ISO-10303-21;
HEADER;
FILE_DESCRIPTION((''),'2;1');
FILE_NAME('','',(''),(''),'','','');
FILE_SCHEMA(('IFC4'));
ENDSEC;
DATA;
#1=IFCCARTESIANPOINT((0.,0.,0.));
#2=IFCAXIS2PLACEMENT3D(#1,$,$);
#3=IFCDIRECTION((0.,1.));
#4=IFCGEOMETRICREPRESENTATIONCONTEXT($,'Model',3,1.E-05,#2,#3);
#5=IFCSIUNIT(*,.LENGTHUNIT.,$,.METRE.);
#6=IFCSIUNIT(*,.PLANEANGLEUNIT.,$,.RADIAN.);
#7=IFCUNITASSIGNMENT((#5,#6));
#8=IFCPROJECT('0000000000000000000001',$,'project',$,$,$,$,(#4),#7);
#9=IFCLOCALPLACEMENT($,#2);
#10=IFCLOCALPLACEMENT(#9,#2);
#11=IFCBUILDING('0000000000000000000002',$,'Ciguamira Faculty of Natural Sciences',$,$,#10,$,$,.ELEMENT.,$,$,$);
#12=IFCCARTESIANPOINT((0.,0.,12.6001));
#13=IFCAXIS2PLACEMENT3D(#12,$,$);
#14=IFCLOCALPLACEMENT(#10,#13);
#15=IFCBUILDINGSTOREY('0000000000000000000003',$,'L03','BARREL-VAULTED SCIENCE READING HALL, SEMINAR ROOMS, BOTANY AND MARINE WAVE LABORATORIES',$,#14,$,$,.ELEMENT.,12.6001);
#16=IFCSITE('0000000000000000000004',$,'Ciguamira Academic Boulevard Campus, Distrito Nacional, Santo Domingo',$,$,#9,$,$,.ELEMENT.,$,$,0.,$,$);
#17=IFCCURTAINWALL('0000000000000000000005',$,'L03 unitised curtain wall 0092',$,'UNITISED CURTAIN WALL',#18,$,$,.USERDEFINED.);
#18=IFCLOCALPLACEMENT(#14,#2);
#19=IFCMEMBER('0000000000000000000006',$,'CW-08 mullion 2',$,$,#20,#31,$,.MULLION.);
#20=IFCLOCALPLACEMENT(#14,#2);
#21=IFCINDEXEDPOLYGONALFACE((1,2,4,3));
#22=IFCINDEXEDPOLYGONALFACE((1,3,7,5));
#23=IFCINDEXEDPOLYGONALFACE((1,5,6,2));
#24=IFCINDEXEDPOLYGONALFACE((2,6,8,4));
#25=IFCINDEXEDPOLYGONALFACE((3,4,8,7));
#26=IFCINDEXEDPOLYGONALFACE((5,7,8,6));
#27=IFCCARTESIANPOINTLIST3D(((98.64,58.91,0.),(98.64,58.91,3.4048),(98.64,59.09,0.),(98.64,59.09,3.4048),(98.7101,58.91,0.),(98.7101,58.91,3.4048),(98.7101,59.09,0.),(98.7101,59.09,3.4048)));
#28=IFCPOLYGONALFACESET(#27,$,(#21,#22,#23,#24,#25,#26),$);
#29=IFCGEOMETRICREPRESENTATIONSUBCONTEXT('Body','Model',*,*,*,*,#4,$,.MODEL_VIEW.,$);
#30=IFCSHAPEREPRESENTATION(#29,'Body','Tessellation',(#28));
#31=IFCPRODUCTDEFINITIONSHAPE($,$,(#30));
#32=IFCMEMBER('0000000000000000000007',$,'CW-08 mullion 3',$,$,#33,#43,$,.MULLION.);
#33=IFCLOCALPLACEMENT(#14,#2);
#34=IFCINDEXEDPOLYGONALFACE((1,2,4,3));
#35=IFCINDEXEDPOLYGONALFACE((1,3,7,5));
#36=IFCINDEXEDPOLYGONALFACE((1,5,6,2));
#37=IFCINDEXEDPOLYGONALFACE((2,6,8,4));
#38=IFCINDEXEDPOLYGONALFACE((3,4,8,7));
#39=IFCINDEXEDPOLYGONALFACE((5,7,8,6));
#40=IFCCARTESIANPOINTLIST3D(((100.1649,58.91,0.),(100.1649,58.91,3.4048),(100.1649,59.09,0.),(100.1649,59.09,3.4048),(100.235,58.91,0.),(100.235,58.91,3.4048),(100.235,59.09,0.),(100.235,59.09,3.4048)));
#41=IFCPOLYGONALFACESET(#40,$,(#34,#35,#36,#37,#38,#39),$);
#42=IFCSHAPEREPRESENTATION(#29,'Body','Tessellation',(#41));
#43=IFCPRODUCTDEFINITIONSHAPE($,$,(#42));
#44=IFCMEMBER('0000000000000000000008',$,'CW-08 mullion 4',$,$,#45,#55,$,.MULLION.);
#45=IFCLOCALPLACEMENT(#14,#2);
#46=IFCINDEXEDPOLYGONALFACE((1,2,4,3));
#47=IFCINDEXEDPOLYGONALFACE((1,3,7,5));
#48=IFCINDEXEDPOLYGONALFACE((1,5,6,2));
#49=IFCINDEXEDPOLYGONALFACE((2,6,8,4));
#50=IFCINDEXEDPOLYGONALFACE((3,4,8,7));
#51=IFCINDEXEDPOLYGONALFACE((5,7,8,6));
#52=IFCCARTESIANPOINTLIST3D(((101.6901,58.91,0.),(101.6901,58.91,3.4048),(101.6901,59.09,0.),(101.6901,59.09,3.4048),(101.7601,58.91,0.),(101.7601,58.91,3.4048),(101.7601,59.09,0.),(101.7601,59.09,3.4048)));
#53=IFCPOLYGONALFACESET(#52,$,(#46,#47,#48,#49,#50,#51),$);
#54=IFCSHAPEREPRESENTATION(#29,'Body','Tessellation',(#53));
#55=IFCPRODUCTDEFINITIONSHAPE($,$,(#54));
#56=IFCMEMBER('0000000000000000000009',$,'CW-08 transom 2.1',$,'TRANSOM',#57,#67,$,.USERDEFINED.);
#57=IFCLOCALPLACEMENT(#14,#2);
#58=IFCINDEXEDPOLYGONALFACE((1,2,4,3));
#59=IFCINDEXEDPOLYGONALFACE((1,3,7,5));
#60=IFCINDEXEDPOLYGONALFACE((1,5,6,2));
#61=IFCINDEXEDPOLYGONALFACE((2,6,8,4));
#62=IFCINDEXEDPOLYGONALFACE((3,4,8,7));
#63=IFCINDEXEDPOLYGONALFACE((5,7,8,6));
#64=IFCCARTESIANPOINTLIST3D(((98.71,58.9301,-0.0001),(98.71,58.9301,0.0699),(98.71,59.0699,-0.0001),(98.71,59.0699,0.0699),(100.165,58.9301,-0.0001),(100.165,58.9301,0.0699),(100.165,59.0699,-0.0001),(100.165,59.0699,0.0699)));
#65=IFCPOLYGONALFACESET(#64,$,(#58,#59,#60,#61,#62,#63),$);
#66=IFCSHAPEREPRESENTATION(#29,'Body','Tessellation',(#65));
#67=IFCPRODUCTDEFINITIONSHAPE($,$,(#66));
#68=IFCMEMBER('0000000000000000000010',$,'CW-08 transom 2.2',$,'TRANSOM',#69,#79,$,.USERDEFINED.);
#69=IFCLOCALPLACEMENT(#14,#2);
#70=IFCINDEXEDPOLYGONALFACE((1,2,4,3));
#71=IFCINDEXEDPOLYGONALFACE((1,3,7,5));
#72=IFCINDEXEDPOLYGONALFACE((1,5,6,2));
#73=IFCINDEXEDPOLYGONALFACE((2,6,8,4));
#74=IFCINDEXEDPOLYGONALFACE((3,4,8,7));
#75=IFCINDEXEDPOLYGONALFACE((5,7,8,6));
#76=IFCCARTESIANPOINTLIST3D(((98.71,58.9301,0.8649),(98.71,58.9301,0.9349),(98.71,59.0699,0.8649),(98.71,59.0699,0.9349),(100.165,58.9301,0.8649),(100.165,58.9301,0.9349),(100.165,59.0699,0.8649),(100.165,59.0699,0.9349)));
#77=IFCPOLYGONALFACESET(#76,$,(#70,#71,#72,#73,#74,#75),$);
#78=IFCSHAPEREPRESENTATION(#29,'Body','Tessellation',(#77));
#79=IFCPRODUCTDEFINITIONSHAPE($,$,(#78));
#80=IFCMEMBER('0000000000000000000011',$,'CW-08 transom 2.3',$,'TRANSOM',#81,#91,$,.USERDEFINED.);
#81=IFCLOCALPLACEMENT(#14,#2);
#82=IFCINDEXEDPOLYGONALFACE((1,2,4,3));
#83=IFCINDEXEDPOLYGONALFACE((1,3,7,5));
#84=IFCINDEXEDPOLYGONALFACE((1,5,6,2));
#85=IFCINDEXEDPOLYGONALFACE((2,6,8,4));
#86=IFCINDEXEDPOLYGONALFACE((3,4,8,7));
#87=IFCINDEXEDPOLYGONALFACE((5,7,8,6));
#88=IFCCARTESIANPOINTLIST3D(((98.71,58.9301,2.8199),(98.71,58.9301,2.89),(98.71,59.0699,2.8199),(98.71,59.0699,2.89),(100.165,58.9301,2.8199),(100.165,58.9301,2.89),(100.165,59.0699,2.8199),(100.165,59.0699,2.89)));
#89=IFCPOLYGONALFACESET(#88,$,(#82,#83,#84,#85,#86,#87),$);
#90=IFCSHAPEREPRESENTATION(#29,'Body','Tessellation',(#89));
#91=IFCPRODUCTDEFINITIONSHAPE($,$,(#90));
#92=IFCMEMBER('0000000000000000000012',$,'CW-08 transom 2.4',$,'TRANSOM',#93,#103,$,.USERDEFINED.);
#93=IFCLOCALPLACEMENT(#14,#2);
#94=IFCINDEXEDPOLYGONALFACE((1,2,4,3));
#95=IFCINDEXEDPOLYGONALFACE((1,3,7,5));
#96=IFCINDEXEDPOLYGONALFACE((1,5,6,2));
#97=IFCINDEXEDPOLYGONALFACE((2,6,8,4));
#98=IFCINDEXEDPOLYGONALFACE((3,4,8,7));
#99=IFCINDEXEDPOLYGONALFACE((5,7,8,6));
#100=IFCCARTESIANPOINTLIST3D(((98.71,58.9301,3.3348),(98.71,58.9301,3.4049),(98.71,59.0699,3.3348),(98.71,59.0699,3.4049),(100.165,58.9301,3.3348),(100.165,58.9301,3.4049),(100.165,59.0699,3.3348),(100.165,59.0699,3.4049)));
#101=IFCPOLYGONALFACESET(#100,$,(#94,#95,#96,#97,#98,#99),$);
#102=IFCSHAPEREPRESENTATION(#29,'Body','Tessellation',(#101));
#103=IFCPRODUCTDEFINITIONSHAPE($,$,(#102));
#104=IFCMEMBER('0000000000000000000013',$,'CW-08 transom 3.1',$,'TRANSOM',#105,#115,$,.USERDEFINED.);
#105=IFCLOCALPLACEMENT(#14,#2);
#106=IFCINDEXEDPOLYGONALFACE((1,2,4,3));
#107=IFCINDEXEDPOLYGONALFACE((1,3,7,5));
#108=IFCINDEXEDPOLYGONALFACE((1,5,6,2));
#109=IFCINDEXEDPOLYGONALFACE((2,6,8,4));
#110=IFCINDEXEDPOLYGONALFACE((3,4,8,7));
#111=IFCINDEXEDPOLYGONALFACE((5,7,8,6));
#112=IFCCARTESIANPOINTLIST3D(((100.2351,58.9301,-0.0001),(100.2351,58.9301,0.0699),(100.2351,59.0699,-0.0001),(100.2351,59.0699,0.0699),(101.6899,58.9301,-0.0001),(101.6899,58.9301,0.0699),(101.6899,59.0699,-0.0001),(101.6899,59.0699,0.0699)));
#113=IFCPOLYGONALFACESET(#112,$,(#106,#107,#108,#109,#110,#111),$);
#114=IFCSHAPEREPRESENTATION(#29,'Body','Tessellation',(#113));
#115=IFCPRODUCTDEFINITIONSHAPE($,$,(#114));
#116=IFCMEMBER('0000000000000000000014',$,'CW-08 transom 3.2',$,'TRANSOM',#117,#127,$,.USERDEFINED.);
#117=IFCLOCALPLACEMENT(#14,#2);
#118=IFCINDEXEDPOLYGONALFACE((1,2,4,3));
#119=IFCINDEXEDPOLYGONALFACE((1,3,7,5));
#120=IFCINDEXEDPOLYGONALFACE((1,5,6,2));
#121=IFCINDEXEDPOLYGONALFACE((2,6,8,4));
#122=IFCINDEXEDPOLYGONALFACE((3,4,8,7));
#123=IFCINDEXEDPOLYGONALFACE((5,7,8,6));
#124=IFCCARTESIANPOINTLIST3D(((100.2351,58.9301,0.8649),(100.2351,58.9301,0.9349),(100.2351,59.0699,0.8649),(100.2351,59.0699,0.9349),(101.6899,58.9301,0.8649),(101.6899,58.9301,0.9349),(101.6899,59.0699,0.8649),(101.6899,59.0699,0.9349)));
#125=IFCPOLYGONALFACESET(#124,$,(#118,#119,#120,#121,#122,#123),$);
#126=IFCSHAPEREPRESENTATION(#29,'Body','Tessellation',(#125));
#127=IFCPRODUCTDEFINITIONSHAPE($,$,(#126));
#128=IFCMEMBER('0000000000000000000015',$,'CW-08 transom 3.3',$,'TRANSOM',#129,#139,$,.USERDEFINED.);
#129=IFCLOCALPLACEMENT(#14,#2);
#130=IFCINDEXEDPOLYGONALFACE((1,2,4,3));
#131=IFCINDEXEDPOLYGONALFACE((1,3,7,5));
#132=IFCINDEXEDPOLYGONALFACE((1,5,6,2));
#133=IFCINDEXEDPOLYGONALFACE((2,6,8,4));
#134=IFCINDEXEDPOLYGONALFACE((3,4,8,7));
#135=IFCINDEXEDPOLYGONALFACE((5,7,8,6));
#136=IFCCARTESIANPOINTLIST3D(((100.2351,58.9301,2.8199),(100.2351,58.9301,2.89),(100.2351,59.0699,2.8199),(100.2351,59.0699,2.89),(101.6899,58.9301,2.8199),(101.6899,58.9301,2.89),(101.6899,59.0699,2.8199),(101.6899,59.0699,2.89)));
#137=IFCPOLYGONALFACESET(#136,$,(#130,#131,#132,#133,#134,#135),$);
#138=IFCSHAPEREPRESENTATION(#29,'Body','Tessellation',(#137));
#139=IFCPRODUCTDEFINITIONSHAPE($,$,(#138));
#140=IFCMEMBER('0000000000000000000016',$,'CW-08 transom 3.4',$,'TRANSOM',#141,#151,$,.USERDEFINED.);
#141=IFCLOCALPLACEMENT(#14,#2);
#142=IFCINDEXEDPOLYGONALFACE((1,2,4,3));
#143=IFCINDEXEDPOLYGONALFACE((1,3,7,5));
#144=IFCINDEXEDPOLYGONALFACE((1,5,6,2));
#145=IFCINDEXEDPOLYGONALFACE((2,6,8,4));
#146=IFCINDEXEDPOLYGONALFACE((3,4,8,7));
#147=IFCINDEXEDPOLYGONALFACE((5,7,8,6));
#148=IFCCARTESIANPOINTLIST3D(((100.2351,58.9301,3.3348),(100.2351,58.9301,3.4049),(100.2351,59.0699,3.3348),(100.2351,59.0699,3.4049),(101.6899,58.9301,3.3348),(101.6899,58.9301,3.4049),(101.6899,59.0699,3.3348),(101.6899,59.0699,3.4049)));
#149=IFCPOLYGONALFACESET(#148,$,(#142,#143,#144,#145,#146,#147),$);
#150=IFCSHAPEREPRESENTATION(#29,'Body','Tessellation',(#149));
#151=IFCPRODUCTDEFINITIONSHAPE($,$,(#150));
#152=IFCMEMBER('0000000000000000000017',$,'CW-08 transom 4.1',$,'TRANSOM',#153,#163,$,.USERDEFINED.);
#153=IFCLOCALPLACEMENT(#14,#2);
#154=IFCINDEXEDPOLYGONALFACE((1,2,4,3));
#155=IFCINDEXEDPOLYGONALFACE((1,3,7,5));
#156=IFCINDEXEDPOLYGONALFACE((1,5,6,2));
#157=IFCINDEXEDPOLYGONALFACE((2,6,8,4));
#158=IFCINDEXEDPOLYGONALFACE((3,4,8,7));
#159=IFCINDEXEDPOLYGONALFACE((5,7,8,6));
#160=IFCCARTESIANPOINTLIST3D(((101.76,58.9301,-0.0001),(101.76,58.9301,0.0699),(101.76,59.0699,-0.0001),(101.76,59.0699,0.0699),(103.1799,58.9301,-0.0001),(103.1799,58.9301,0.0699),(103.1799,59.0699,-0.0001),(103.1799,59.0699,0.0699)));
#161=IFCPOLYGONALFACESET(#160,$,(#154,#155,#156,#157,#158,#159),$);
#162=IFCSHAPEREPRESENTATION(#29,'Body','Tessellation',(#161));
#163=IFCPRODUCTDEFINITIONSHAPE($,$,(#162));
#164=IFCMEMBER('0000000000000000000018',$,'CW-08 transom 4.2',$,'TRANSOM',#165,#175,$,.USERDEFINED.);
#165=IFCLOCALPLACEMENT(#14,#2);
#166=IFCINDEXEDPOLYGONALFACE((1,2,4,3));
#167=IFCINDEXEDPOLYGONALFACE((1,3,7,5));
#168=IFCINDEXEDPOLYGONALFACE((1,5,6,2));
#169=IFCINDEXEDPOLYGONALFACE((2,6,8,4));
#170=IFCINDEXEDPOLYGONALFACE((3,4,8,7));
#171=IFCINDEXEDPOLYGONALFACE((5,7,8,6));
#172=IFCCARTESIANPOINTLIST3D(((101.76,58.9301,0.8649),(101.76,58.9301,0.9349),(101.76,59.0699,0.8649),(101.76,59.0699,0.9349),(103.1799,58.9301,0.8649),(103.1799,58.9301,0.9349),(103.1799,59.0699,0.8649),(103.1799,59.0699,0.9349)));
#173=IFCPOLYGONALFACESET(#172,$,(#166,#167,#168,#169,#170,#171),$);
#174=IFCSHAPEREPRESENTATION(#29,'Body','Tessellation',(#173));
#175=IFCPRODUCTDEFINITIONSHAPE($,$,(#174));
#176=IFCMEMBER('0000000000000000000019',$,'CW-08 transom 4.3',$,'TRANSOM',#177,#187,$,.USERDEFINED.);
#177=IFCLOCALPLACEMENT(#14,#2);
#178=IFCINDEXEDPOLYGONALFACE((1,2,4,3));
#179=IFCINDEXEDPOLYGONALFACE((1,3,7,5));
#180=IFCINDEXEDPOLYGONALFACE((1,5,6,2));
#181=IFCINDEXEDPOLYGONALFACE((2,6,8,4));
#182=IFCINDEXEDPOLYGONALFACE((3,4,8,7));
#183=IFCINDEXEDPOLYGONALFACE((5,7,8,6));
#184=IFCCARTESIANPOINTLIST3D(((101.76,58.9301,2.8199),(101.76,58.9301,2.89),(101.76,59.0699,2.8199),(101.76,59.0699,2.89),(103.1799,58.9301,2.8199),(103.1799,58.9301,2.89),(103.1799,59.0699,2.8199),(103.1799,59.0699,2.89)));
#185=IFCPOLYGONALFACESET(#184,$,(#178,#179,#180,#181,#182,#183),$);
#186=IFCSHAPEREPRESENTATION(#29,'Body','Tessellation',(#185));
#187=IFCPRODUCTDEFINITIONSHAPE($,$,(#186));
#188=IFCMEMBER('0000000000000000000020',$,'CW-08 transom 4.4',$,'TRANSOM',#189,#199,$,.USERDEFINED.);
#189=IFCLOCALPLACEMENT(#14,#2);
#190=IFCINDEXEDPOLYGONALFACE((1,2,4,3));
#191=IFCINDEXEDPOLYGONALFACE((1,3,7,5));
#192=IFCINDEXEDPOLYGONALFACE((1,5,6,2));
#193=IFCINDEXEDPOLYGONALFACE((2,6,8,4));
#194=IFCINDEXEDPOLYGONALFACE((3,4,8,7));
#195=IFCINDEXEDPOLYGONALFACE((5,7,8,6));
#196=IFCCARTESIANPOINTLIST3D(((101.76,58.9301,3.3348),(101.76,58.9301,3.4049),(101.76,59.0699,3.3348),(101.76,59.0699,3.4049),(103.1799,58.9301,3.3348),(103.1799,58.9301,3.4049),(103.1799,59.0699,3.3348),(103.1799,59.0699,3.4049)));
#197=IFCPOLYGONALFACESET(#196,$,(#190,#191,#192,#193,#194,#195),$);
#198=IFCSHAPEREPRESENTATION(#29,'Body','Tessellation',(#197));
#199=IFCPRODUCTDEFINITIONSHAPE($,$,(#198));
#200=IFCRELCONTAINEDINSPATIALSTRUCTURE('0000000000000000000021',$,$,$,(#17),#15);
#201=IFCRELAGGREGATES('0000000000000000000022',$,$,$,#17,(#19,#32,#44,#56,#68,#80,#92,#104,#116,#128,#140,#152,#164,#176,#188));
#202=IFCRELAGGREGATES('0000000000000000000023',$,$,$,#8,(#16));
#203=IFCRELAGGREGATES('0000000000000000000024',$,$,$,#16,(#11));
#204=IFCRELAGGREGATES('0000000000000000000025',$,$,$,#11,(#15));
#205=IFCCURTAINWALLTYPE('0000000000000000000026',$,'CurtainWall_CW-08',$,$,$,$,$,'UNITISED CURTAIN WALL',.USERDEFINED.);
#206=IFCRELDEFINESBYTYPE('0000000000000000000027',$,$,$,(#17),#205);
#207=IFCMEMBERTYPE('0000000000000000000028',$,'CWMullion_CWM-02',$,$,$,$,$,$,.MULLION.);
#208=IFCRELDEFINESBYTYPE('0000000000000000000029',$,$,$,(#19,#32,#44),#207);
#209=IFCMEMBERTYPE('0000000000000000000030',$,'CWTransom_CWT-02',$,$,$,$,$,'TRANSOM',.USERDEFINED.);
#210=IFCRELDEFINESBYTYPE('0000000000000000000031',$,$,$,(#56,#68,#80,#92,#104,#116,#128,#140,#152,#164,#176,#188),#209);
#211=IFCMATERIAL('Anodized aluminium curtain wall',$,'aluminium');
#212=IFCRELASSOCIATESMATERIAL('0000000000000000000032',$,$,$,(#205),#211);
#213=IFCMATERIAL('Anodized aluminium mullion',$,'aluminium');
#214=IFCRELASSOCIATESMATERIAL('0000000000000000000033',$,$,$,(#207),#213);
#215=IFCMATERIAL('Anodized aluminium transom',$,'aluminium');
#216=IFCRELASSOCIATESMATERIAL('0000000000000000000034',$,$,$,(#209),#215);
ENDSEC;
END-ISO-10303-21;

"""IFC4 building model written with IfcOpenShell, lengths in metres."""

from ifc_helpers import new_model, si_unit, direction, frame, origin, origin_2d, place, context, subcontext, project, spatial, rectangle, extrude, material, material_profile, profile_set, type_object, element, aggregate, save


model = new_model("IFC4")

# Units and contexts
model_context = context("Model", 3, precision=1e-05, world=origin(), true_north=direction((0.0, 1.0)))
body_context = subcontext(model_context, "Body", "Model", "MODEL_VIEW")
ifc_project = project(units=[si_unit("LENGTHUNIT", "METRE"), si_unit("PLANEANGLEUNIT", "RADIAN")], contexts=[model_context])

# Site, building, storey
site_placement = place(None, origin())
site = spatial("IfcSite", under=ifc_project, at=site_placement, Name="Ciguamira Academic Boulevard Campus, Distrito Nacional, Santo Domingo", CompositionType="ELEMENT", RefElevation=0.0)
building_placement = place(site_placement, origin())
building = spatial("IfcBuilding", under=site, at=building_placement, Name="Ciguamira Faculty of Natural Sciences", CompositionType="ELEMENT")
storey_placement = place(building_placement, frame((0.0, 0.0, 12.6001)))
storey = spatial("IfcBuildingStorey", under=building, at=storey_placement, Name="L03", Description="BARREL-VAULTED SCIENCE READING HALL, SEMINAR ROOMS, BOTANY AND MARINE WAVE LABORATORIES", CompositionType="ELEMENT", Elevation=12.6001)

# Curtain wall, members
ifc_material_1 = material(Name="Anodized aluminium curtain wall", Category="aluminium")
curtain_wall_type = type_object("IfcCurtainWallType", Name="CurtainWall_CW-08", ElementType="UNITISED CURTAIN WALL", PredefinedType="USERDEFINED", material=ifc_material_1)
curtain_wall_placement = place(storey_placement, origin())
curtain_wall = element("IfcCurtainWall", 1, at=curtain_wall_placement, inside=storey, type_object=curtain_wall_type, Name="L03 unitised curtain wall 0092", ObjectType="UNITISED CURTAIN WALL", PredefinedType="USERDEFINED")
ifc_material_2 = material(Name="Anodized aluminium mullion", Category="aluminium")
ifc_material_profile_1 = material_profile(ifc_material_2, rectangle(XDim=0.0701, YDim=0.1799, at=origin_2d()), Name="ALU-MUL-70X180")
ifc_profile_set_1 = profile_set([ifc_material_profile_1], Name="Anodized aluminium mullion")
member_type_1 = type_object("IfcMemberType", Name="CWMullion_CWM-02", PredefinedType="MULLION", material=ifc_profile_set_1)
member_1_placement = place(storey_placement, frame((98.675, 59.0, 0.0), z_axis=(0.0, 0.0, 1.0), x_axis=(1.0, 0.0, 0.0)))
member_1 = element("IfcMember", 2, at=member_1_placement, type_object=member_type_1, Name="CW-08 mullion 2", PredefinedType="MULLION", context=body_context, shape_type="SweptSolid", body=[
    extrude(rectangle(XDim=0.0701, YDim=0.1799, at=origin_2d()), origin(), (0.0, 0.0, 1.0), 3.4048),
])
member_2_placement = place(storey_placement, frame((100.2, 59.0, 0.0), z_axis=(0.0, 0.0, 1.0), x_axis=(1.0, 0.0, 0.0)))
member_2 = element("IfcMember", 3, at=member_2_placement, type_object=member_type_1, Name="CW-08 mullion 3", PredefinedType="MULLION", context=body_context, shape_type="SweptSolid", body=[
    extrude(rectangle(XDim=0.0701, YDim=0.1799, at=origin_2d()), origin(), (0.0, 0.0, 1.0), 3.4048),
])
member_3_placement = place(storey_placement, frame((101.7251, 59.0, 0.0), z_axis=(0.0, 0.0, 1.0), x_axis=(1.0, 0.0, 0.0)))
member_3 = element("IfcMember", 4, at=member_3_placement, type_object=member_type_1, Name="CW-08 mullion 4", PredefinedType="MULLION", context=body_context, shape_type="SweptSolid", body=[
    extrude(rectangle(XDim=0.0701, YDim=0.1799, at=origin_2d()), origin(), (0.0, 0.0, 1.0), 3.4048),
])
ifc_material_3 = material(Name="Anodized aluminium transom", Category="aluminium")
ifc_material_profile_2 = material_profile(ifc_material_3, rectangle(XDim=0.0701, YDim=0.1399, at=origin_2d()), Name="ALU-TRN-70X140")
ifc_profile_set_2 = profile_set([ifc_material_profile_2], Name="Anodized aluminium transom")
member_type_2 = type_object("IfcMemberType", Name="CWTransom_CWT-02", ElementType="TRANSOM", PredefinedType="USERDEFINED", material=ifc_profile_set_2)
member_4_placement = place(storey_placement, frame((98.71, 59.0, 0.0349), z_axis=(1.0, 0.0, 0.0), x_axis=(0.0, 0.0, 1.0)))
member_4 = element("IfcMember", 5, at=member_4_placement, type_object=member_type_2, Name="CW-08 transom 2.1", ObjectType="TRANSOM", PredefinedType="USERDEFINED", context=body_context, shape_type="SweptSolid", body=[
    extrude(rectangle(XDim=0.0701, YDim=0.1399, at=origin_2d()), origin(), (0.0, 0.0, 1.0), 1.4551),
])
member_5_placement = place(storey_placement, frame((98.71, 59.0, 0.8999), z_axis=(1.0, 0.0, 0.0), x_axis=(0.0, 0.0, 1.0)))
member_5 = element("IfcMember", 6, at=member_5_placement, type_object=member_type_2, Name="CW-08 transom 2.2", ObjectType="TRANSOM", PredefinedType="USERDEFINED", context=body_context, shape_type="SweptSolid", body=[
    extrude(rectangle(XDim=0.0701, YDim=0.1399, at=origin_2d()), origin(), (0.0, 0.0, 1.0), 1.4551),
])
member_6_placement = place(storey_placement, frame((98.71, 59.0, 2.855), z_axis=(1.0, 0.0, 0.0), x_axis=(0.0, 0.0, 1.0)))
member_6 = element("IfcMember", 7, at=member_6_placement, type_object=member_type_2, Name="CW-08 transom 2.3", ObjectType="TRANSOM", PredefinedType="USERDEFINED", context=body_context, shape_type="SweptSolid", body=[
    extrude(rectangle(XDim=0.0701, YDim=0.1399, at=origin_2d()), origin(), (0.0, 0.0, 1.0), 1.4551),
])
member_7_placement = place(storey_placement, frame((98.71, 59.0, 3.3699), z_axis=(1.0, 0.0, 0.0), x_axis=(0.0, 0.0, 1.0)))
member_7 = element("IfcMember", 8, at=member_7_placement, type_object=member_type_2, Name="CW-08 transom 2.4", ObjectType="TRANSOM", PredefinedType="USERDEFINED", context=body_context, shape_type="SweptSolid", body=[
    extrude(rectangle(XDim=0.0701, YDim=0.1399, at=origin_2d()), origin(), (0.0, 0.0, 1.0), 1.4551),
])
member_8_placement = place(storey_placement, frame((100.2351, 59.0, 0.0349), z_axis=(1.0, 0.0, 0.0), x_axis=(0.0, 0.0, 1.0)))
member_8 = element("IfcMember", 9, at=member_8_placement, type_object=member_type_2, Name="CW-08 transom 3.1", ObjectType="TRANSOM", PredefinedType="USERDEFINED", context=body_context, shape_type="SweptSolid", body=[
    extrude(rectangle(XDim=0.0701, YDim=0.1399, at=origin_2d()), origin(), (0.0, 0.0, 1.0), 1.4548),
])
member_9_placement = place(storey_placement, frame((100.2351, 59.0, 0.8999), z_axis=(1.0, 0.0, 0.0), x_axis=(0.0, 0.0, 1.0)))
member_9 = element("IfcMember", 10, at=member_9_placement, type_object=member_type_2, Name="CW-08 transom 3.2", ObjectType="TRANSOM", PredefinedType="USERDEFINED", context=body_context, shape_type="SweptSolid", body=[
    extrude(rectangle(XDim=0.0701, YDim=0.1399, at=origin_2d()), origin(), (0.0, 0.0, 1.0), 1.4548),
])
member_10_placement = place(storey_placement, frame((100.2351, 59.0, 2.855), z_axis=(1.0, 0.0, 0.0), x_axis=(0.0, 0.0, 1.0)))
member_10 = element("IfcMember", 11, at=member_10_placement, type_object=member_type_2, Name="CW-08 transom 3.3", ObjectType="TRANSOM", PredefinedType="USERDEFINED", context=body_context, shape_type="SweptSolid", body=[
    extrude(rectangle(XDim=0.0701, YDim=0.1399, at=origin_2d()), origin(), (0.0, 0.0, 1.0), 1.4548),
])
member_11_placement = place(storey_placement, frame((100.2351, 59.0, 3.3699), z_axis=(1.0, 0.0, 0.0), x_axis=(0.0, 0.0, 1.0)))
member_11 = element("IfcMember", 12, at=member_11_placement, type_object=member_type_2, Name="CW-08 transom 3.4", ObjectType="TRANSOM", PredefinedType="USERDEFINED", context=body_context, shape_type="SweptSolid", body=[
    extrude(rectangle(XDim=0.0701, YDim=0.1399, at=origin_2d()), origin(), (0.0, 0.0, 1.0), 1.4548),
])
member_12_placement = place(storey_placement, frame((101.76, 59.0, 0.0349), z_axis=(1.0, 0.0, 0.0), x_axis=(0.0, 0.0, 1.0)))
member_12 = element("IfcMember", 13, at=member_12_placement, type_object=member_type_2, Name="CW-08 transom 4.1", ObjectType="TRANSOM", PredefinedType="USERDEFINED", context=body_context, shape_type="SweptSolid", body=[
    extrude(rectangle(XDim=0.0701, YDim=0.1399, at=origin_2d()), origin(), (0.0, 0.0, 1.0), 1.4199),
])
member_13_placement = place(storey_placement, frame((101.76, 59.0, 0.8999), z_axis=(1.0, 0.0, 0.0), x_axis=(0.0, 0.0, 1.0)))
member_13 = element("IfcMember", 14, at=member_13_placement, type_object=member_type_2, Name="CW-08 transom 4.2", ObjectType="TRANSOM", PredefinedType="USERDEFINED", context=body_context, shape_type="SweptSolid", body=[
    extrude(rectangle(XDim=0.0701, YDim=0.1399, at=origin_2d()), origin(), (0.0, 0.0, 1.0), 1.4199),
])
member_14_placement = place(storey_placement, frame((101.76, 59.0, 2.855), z_axis=(1.0, 0.0, 0.0), x_axis=(0.0, 0.0, 1.0)))
member_14 = element("IfcMember", 15, at=member_14_placement, type_object=member_type_2, Name="CW-08 transom 4.3", ObjectType="TRANSOM", PredefinedType="USERDEFINED", context=body_context, shape_type="SweptSolid", body=[
    extrude(rectangle(XDim=0.0701, YDim=0.1399, at=origin_2d()), origin(), (0.0, 0.0, 1.0), 1.4199),
])
member_15_placement = place(storey_placement, frame((101.76, 59.0, 3.3699), z_axis=(1.0, 0.0, 0.0), x_axis=(0.0, 0.0, 1.0)))
member_15 = element("IfcMember", 16, at=member_15_placement, type_object=member_type_2, Name="CW-08 transom 4.4", ObjectType="TRANSOM", PredefinedType="USERDEFINED", context=body_context, shape_type="SweptSolid", body=[
    extrude(rectangle(XDim=0.0701, YDim=0.1399, at=origin_2d()), origin(), (0.0, 0.0, 1.0), 1.4199),
])
aggregate(curtain_wall, [member_1, member_2, member_3, member_4, member_5, member_6, member_7, member_8, member_9, member_10, member_11, member_12, member_13, member_14, member_15])

save(model, "model.ifc")
